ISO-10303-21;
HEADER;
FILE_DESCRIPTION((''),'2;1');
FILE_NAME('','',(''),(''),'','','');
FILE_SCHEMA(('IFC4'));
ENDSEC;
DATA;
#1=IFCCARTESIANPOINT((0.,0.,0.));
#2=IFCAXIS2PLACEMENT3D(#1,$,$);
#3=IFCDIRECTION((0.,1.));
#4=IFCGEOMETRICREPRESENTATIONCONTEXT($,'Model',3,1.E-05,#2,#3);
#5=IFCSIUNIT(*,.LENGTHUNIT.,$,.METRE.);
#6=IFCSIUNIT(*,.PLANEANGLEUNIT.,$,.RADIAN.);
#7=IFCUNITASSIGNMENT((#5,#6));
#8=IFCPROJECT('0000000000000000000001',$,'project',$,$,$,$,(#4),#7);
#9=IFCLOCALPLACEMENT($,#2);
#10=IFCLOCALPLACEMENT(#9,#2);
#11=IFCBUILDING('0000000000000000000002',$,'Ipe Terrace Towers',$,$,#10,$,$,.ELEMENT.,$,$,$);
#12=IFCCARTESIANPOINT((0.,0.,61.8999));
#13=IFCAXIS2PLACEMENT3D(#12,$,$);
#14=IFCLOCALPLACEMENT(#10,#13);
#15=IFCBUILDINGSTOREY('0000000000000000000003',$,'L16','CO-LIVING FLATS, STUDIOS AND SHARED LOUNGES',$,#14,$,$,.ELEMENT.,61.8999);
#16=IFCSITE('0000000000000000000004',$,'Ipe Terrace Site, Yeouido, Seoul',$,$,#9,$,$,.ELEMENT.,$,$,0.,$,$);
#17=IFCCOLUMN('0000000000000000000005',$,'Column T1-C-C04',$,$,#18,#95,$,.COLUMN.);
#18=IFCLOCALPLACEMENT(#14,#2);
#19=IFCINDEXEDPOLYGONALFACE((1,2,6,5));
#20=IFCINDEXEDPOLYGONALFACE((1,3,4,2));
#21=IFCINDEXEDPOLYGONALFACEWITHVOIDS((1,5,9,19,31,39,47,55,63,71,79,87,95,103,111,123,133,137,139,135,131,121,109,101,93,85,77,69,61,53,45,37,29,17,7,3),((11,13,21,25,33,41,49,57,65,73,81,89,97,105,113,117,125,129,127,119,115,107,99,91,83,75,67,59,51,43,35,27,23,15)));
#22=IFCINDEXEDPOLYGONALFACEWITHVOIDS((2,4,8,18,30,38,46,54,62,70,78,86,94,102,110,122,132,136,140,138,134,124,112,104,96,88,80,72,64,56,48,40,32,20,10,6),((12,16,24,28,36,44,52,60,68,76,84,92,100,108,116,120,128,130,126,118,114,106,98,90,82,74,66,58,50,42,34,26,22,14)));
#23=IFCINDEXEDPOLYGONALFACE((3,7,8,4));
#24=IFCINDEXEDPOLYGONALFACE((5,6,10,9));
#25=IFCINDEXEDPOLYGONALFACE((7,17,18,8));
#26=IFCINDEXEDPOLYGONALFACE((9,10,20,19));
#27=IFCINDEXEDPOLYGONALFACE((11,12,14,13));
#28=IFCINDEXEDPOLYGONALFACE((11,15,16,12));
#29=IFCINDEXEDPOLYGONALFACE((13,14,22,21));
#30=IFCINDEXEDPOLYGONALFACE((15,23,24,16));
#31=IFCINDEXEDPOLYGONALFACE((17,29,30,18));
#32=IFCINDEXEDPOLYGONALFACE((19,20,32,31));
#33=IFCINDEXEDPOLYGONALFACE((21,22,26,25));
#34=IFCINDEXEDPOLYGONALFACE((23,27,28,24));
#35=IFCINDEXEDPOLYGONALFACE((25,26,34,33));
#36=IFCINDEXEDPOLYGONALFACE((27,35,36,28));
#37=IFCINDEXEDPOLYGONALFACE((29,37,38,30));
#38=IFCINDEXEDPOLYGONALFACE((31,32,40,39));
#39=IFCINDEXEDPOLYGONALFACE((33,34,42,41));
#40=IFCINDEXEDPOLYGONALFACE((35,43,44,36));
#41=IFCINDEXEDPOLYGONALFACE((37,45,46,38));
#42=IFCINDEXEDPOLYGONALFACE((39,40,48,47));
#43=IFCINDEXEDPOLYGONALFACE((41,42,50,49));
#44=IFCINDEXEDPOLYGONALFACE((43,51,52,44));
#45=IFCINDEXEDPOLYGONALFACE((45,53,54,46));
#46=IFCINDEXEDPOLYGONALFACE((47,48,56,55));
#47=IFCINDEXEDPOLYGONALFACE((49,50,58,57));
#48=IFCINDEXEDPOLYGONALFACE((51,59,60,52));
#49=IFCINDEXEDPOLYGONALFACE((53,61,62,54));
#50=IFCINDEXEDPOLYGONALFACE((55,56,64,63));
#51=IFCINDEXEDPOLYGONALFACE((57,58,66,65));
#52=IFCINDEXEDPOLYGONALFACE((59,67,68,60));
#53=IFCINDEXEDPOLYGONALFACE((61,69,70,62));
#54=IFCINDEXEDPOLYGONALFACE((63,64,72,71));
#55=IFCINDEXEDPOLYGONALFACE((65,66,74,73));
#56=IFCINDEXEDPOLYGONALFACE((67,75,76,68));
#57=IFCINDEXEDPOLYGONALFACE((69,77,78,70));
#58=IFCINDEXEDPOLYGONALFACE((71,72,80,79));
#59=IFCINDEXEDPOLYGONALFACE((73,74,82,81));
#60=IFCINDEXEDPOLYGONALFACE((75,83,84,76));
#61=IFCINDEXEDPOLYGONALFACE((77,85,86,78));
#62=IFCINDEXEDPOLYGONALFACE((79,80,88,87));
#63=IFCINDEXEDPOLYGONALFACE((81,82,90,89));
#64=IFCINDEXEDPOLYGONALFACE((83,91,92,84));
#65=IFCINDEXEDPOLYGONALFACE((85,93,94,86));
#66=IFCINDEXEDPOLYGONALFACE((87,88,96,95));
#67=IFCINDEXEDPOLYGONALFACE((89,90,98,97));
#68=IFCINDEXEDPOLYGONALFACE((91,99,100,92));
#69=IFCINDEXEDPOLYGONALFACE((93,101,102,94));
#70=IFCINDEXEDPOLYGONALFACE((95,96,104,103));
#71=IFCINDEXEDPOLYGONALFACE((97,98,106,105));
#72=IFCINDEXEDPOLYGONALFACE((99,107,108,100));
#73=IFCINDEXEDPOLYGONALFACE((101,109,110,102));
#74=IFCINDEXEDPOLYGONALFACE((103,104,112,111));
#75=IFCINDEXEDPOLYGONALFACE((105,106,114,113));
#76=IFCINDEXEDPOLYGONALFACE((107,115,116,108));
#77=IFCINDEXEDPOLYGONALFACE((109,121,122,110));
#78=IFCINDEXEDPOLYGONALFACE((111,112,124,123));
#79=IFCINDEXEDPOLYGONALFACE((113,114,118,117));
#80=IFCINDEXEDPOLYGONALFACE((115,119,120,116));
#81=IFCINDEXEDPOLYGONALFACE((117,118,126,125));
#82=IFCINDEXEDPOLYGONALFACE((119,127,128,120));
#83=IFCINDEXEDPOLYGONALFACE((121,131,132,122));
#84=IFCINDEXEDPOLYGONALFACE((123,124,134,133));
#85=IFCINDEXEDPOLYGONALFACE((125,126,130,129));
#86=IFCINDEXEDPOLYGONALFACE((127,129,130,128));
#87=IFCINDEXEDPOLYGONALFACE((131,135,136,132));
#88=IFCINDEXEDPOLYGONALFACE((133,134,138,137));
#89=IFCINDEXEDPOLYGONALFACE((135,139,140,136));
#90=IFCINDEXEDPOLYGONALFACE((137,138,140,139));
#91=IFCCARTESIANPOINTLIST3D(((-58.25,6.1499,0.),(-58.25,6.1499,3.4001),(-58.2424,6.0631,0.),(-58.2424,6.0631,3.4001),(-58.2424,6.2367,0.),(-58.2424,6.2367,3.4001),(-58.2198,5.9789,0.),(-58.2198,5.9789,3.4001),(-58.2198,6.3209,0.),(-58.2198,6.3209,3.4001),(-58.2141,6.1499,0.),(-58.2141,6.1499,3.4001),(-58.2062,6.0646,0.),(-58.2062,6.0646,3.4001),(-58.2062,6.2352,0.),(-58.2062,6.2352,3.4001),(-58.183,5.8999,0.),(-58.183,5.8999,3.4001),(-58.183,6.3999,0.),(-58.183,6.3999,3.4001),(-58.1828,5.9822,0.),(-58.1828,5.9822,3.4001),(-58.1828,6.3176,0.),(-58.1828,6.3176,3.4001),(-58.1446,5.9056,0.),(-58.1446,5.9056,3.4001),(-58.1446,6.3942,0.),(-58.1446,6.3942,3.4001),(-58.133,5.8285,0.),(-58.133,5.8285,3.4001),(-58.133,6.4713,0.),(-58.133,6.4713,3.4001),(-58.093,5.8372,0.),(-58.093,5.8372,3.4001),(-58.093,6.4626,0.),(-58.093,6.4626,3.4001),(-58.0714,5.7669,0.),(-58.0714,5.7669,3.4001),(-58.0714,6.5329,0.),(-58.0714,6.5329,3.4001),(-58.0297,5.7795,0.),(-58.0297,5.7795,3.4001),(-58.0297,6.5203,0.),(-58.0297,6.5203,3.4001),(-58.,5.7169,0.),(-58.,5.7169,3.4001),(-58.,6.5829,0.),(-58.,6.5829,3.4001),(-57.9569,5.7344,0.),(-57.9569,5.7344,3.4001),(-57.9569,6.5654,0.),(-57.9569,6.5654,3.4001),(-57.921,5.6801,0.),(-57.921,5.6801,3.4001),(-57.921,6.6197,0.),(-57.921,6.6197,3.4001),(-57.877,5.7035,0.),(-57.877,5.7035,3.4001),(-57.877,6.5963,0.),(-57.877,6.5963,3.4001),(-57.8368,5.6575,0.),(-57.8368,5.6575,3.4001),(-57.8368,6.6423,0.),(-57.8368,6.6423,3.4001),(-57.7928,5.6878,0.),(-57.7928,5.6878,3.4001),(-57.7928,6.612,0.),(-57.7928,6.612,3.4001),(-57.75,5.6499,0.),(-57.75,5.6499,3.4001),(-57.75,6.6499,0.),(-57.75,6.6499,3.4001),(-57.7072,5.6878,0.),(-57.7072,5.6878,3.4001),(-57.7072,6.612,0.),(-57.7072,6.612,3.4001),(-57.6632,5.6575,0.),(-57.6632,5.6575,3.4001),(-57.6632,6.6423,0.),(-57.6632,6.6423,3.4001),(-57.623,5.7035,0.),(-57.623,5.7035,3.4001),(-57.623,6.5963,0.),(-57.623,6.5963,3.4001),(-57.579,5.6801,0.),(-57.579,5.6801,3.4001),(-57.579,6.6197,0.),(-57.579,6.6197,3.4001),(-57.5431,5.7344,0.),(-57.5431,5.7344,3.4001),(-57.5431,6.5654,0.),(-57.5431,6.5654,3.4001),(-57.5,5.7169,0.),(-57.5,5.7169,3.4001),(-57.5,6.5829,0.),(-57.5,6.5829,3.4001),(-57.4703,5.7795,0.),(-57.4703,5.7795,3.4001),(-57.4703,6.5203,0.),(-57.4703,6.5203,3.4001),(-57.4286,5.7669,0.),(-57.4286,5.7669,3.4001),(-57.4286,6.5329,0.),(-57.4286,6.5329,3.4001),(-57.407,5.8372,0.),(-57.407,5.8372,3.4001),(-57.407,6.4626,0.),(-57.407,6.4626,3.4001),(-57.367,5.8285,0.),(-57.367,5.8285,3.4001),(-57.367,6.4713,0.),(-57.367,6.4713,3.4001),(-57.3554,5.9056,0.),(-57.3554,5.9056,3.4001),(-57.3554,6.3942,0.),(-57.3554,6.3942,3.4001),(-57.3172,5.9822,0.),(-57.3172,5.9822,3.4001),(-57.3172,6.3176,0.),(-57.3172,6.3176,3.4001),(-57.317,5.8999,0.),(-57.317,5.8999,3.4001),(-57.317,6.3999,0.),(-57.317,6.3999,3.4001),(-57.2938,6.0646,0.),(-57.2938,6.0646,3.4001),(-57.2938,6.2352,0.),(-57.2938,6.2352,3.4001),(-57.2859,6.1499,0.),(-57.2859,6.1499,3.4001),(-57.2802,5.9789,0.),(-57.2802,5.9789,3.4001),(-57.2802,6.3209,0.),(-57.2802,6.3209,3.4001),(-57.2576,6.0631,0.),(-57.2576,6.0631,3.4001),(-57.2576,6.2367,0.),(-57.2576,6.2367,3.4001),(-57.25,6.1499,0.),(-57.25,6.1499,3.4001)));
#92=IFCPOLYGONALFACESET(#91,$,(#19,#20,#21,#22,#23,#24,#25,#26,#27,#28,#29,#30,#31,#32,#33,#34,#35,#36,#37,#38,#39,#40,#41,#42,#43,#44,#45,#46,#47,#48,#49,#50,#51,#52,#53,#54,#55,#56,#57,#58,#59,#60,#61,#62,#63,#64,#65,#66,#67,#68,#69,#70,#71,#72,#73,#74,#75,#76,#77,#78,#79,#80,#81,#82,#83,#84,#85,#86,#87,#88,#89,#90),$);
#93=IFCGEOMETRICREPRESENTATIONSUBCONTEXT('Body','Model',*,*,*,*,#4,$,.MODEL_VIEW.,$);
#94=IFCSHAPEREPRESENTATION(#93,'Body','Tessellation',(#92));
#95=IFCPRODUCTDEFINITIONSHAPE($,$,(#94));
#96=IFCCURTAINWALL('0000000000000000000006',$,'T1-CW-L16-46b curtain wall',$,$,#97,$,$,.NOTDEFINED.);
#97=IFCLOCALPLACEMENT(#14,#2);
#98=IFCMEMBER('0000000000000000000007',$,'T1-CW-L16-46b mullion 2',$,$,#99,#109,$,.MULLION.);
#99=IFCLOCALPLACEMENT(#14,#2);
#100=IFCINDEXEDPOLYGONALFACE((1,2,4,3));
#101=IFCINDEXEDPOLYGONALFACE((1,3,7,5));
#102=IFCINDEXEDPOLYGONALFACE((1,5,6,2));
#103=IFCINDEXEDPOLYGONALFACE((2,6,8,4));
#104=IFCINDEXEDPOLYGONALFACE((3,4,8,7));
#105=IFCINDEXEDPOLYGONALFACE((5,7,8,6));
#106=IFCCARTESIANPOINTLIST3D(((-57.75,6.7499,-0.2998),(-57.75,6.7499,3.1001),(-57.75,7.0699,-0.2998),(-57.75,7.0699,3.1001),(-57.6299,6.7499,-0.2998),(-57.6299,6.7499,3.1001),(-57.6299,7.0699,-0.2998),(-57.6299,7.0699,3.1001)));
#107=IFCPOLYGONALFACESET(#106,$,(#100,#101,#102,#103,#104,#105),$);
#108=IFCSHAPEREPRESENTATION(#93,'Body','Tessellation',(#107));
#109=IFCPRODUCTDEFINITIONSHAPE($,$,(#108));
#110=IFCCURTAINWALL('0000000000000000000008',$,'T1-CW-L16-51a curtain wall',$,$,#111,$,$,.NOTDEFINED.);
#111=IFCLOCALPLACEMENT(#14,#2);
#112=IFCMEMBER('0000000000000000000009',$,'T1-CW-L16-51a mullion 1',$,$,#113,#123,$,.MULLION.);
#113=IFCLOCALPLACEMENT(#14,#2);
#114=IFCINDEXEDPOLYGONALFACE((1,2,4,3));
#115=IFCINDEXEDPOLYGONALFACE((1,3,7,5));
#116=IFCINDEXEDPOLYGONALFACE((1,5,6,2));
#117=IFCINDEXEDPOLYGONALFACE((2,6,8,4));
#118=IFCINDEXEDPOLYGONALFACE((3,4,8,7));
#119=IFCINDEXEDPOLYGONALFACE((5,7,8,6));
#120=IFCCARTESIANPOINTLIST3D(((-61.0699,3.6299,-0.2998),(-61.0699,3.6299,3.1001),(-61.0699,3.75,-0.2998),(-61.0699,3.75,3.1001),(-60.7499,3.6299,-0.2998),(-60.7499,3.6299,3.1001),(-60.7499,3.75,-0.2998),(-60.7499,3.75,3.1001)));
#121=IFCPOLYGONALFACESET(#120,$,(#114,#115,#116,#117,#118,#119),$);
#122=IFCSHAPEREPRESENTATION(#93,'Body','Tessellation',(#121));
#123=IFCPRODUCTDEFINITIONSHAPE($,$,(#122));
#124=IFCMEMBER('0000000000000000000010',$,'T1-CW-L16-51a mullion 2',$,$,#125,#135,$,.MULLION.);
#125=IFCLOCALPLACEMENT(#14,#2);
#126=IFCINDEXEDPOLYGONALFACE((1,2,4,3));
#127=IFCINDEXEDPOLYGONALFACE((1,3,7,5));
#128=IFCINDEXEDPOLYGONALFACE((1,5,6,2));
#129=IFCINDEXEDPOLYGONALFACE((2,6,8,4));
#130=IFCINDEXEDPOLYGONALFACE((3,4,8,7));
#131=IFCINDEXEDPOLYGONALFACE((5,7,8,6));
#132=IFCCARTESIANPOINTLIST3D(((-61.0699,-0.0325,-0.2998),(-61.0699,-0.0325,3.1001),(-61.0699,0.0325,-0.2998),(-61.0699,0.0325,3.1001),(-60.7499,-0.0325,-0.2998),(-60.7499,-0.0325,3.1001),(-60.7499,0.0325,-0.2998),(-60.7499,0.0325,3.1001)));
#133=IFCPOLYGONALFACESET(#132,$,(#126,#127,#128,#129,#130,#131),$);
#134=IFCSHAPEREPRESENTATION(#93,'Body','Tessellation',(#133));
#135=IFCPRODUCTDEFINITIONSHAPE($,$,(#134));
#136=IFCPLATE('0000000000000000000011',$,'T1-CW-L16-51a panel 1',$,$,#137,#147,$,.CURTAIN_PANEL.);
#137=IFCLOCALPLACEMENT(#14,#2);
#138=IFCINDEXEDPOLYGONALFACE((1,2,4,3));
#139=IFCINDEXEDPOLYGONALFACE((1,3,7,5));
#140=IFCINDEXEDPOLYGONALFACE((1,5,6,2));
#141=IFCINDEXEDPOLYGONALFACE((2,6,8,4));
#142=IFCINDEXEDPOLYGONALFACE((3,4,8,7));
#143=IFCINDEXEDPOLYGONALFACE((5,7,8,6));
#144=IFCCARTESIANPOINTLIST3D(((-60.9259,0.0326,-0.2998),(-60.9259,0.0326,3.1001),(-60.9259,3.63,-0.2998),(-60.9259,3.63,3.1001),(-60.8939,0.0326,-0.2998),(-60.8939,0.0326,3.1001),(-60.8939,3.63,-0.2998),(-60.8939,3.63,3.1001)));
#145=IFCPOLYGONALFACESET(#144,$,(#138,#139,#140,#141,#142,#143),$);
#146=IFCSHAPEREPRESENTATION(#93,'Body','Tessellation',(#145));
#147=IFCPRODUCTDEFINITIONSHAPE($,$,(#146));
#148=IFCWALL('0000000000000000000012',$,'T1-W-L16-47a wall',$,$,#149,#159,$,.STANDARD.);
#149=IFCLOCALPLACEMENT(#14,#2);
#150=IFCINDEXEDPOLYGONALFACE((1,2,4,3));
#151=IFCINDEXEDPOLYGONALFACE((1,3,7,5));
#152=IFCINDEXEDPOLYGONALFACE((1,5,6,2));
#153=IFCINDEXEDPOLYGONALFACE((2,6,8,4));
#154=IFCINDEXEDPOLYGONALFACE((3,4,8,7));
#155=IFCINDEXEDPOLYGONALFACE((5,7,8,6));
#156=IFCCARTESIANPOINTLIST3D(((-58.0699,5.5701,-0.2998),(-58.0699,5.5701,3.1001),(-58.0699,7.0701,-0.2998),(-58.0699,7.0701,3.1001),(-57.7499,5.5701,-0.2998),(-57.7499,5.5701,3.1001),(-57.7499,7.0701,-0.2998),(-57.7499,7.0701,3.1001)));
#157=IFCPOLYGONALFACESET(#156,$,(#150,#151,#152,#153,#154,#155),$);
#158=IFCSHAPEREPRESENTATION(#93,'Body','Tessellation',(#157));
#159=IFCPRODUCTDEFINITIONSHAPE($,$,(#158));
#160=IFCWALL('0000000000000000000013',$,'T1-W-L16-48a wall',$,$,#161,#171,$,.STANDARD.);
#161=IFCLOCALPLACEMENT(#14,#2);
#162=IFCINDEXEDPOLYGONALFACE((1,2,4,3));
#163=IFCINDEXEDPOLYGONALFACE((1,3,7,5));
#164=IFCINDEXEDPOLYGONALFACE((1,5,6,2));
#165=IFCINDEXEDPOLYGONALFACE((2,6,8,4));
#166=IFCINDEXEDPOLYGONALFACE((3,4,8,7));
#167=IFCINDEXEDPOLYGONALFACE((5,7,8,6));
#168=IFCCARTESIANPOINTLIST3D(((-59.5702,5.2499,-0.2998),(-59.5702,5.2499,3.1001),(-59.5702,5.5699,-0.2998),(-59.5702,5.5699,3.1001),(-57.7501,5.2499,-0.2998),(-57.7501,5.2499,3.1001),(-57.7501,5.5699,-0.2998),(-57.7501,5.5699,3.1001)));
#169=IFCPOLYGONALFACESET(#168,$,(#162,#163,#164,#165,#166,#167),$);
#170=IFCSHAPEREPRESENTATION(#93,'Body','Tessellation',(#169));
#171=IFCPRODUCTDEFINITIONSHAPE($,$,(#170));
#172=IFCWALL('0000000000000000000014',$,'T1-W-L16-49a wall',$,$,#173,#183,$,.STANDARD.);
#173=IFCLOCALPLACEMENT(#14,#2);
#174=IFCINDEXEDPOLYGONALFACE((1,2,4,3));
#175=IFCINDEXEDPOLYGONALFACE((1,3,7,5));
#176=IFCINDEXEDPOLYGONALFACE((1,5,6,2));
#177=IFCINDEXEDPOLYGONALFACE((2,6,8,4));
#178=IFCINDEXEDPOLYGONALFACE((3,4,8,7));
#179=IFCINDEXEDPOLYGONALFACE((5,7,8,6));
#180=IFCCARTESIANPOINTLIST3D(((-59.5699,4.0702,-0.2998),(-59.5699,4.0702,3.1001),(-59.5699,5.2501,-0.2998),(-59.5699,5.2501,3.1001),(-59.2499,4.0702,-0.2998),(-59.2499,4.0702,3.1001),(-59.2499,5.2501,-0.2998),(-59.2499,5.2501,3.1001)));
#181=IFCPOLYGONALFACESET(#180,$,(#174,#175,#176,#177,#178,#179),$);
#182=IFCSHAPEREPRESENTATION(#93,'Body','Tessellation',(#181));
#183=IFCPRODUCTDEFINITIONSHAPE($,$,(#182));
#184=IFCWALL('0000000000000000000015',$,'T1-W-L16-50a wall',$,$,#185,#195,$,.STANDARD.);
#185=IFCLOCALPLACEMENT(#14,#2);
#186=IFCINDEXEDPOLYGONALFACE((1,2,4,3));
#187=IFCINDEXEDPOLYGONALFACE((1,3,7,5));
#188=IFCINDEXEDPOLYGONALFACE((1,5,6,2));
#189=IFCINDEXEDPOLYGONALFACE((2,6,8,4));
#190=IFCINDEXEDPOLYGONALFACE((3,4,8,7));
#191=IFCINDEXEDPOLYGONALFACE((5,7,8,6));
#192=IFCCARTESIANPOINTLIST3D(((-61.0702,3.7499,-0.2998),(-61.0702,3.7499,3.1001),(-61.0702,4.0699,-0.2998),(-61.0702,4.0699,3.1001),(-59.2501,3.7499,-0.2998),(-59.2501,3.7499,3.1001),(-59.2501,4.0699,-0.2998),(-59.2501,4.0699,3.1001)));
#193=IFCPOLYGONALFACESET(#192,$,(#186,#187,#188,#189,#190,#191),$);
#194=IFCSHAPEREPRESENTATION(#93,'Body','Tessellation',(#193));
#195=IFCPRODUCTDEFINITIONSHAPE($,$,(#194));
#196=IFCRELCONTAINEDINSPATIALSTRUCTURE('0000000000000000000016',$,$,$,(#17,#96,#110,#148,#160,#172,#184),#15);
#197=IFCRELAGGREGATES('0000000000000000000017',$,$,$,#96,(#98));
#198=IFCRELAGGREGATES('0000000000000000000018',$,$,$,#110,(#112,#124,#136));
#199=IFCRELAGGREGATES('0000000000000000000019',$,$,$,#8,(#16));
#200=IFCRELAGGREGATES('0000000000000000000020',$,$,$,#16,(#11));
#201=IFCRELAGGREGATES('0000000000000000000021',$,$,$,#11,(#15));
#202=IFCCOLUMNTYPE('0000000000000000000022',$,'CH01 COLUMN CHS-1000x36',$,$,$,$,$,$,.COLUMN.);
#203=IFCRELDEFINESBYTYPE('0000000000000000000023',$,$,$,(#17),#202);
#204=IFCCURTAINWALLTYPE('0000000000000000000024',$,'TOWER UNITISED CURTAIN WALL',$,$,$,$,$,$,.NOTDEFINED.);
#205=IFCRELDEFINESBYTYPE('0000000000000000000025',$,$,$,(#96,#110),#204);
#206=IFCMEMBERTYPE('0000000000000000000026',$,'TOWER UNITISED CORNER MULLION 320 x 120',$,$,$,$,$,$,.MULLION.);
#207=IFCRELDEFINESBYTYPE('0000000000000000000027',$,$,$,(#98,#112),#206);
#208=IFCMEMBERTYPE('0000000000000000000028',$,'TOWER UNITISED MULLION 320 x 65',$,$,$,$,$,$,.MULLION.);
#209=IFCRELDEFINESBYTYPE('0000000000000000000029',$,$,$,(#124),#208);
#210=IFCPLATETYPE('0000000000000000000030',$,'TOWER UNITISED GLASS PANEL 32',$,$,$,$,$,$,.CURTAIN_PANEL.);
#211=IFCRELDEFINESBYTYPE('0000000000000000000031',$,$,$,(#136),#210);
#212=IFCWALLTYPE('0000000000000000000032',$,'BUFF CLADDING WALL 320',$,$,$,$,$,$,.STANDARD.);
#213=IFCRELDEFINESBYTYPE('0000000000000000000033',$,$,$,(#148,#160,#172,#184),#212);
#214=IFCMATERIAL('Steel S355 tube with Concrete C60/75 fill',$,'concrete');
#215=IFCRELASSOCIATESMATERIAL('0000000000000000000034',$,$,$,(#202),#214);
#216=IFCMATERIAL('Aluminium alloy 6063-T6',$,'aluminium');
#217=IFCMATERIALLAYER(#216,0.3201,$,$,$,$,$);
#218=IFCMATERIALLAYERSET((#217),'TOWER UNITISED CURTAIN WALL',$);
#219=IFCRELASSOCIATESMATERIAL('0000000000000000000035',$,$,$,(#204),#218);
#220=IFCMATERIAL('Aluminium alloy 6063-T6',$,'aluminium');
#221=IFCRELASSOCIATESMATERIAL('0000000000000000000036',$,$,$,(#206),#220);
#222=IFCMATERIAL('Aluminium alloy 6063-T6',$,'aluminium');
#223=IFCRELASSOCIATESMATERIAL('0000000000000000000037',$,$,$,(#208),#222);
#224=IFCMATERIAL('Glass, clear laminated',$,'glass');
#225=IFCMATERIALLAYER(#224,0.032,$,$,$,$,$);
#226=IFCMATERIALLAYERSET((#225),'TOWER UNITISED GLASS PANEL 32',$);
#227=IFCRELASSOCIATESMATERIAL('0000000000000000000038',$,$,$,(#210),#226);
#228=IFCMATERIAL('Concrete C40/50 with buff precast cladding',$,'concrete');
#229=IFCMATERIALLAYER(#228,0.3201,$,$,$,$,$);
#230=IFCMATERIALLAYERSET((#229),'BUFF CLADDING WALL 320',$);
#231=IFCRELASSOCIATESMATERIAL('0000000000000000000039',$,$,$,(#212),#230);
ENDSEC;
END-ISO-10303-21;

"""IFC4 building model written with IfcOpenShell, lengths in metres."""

from ifc_helpers import new_model, si_unit, direction, frame, frame_2d, origin, origin_2d, place, context, subcontext, project, spatial, rectangle, hollow_circle, extrude, material, layer, layer_set, material_profile, profile_set, type_object, element, aggregate, save


model = new_model("IFC4")

# Units and contexts
model_context = context("Model", 3, precision=1e-05, world=origin(), true_north=direction((0.0, 1.0)))
body_context = subcontext(model_context, "Body", "Model", "MODEL_VIEW")
ifc_project = project(units=[si_unit("LENGTHUNIT", "METRE"), si_unit("PLANEANGLEUNIT", "RADIAN")], contexts=[model_context])

# Site, building, storey
site_placement = place(None, origin())
site = spatial("IfcSite", under=ifc_project, at=site_placement, Name="Ipe Terrace Site, Yeouido, Seoul", CompositionType="ELEMENT", RefElevation=0.0)
building_placement = place(site_placement, origin())
building = spatial("IfcBuilding", under=site, at=building_placement, Name="Ipe Terrace Towers", CompositionType="ELEMENT")
storey_placement = place(building_placement, frame((0.0, 0.0, 61.8999)))
storey = spatial("IfcBuildingStorey", under=building, at=storey_placement, Name="L16", Description="CO-LIVING FLATS, STUDIOS AND SHARED LOUNGES", CompositionType="ELEMENT", Elevation=61.8999)

# Column
ifc_material_1 = material(Name="Steel S355 tube with Concrete C60/75 fill", Category="concrete")
ifc_material_profile_1 = material_profile(ifc_material_1, hollow_circle(Radius=0.5, WallThickness=0.0359, at=origin_2d()), Name="CHS-1000x36")
ifc_profile_set_1 = profile_set([ifc_material_profile_1], Name="Steel S355 tube with Concrete C60/75 fill")
column_type = type_object("IfcColumnType", Name="CH01 COLUMN CHS-1000x36", PredefinedType="COLUMN", material=ifc_profile_set_1)
column_placement = place(storey_placement, frame((-57.75, 6.1499, 0.0), z_axis=(0.0, 0.0, 1.0), x_axis=(1.0, 0.0, 0.0)))
element("IfcColumn", 1, at=column_placement, inside=storey, type_object=column_type, Name="Column T1-C-C04", PredefinedType="COLUMN", context=body_context, shape_type="SweptSolid", body=[
    extrude(hollow_circle(Radius=0.5, WallThickness=0.0359, at=origin_2d()), origin(), (0.0, 0.0, 1.0), 3.4001),
])

# Curtain wall, member
ifc_material_2 = material(Name="Aluminium alloy 6063-T6", Category="aluminium")
ifc_layer_1 = layer(ifc_material_2, 0.3201)
ifc_layer_set_1 = layer_set([ifc_layer_1], Name="TOWER UNITISED CURTAIN WALL")
curtain_wall_type = type_object("IfcCurtainWallType", Name="TOWER UNITISED CURTAIN WALL", PredefinedType="NOTDEFINED", material=ifc_layer_set_1)
curtain_wall_1_placement = place(storey_placement, origin())
curtain_wall_1 = element("IfcCurtainWall", 2, at=curtain_wall_1_placement, inside=storey, type_object=curtain_wall_type, Name="T1-CW-L16-46b curtain wall", PredefinedType="NOTDEFINED")
ifc_material_3 = material(Name="Aluminium alloy 6063-T6", Category="aluminium")
ifc_material_profile_2 = material_profile(ifc_material_3, rectangle(XDim=0.3201, YDim=0.1201, at=origin_2d()), Name="TOWER UNITISED CORNER MULLION 320 x 120")
ifc_profile_set_2 = profile_set([ifc_material_profile_2], Name="Aluminium alloy 6063-T6")
member_type_1 = type_object("IfcMemberType", Name="TOWER UNITISED CORNER MULLION 320 x 120", PredefinedType="MULLION", material=ifc_profile_set_2)
member_1_placement = place(storey_placement, frame((-57.6899, 6.9099, -0.2998), z_axis=(0.0, 0.0, 1.0), x_axis=(0.0, 1.0, 0.0)))
member_1 = element("IfcMember", 3, at=member_1_placement, type_object=member_type_1, Name="T1-CW-L16-46b mullion 2", PredefinedType="MULLION", context=body_context, shape_type="SweptSolid", body=[
    extrude(rectangle(XDim=0.3201, YDim=0.1201, at=origin_2d()), origin(), (0.0, 0.0, 1.0), 3.3999),
])
aggregate(curtain_wall_1, [member_1])

# Curtain wall, members, plate
curtain_wall_2_placement = place(storey_placement, origin())
curtain_wall_2 = element("IfcCurtainWall", 4, at=curtain_wall_2_placement, inside=storey, type_object=curtain_wall_type, Name="T1-CW-L16-51a curtain wall", PredefinedType="NOTDEFINED")
member_2_placement = place(storey_placement, frame((-60.9099, 3.6899, -0.2998), z_axis=(0.0, 0.0, 1.0), x_axis=(-1.0, 0.0, 0.0)))
member_2 = element("IfcMember", 5, at=member_2_placement, type_object=member_type_1, Name="T1-CW-L16-51a mullion 1", PredefinedType="MULLION", context=body_context, shape_type="SweptSolid", body=[
    extrude(rectangle(XDim=0.3201, YDim=0.1201, at=origin_2d()), origin(), (0.0, 0.0, 1.0), 3.3999),
])
ifc_material_4 = material(Name="Aluminium alloy 6063-T6", Category="aluminium")
ifc_material_profile_3 = material_profile(ifc_material_4, rectangle(XDim=0.3201, YDim=0.0649, at=origin_2d()), Name="TOWER UNITISED MULLION 320 x 65")
ifc_profile_set_3 = profile_set([ifc_material_profile_3], Name="Aluminium alloy 6063-T6")
member_type_2 = type_object("IfcMemberType", Name="TOWER UNITISED MULLION 320 x 65", PredefinedType="MULLION", material=ifc_profile_set_3)
member_3_placement = place(storey_placement, frame((-60.9099, 0.0, -0.2998), z_axis=(0.0, 0.0, 1.0), x_axis=(-1.0, 0.0, 0.0)))
member_3 = element("IfcMember", 6, at=member_3_placement, type_object=member_type_2, Name="T1-CW-L16-51a mullion 2", PredefinedType="MULLION", context=body_context, shape_type="SweptSolid", body=[
    extrude(rectangle(XDim=0.3201, YDim=0.0649, at=origin_2d()), origin(), (0.0, 0.0, 1.0), 3.3999),
])
ifc_material_5 = material(Name="Glass, clear laminated", Category="glass")
ifc_layer_2 = layer(ifc_material_5, 0.032)
ifc_layer_set_2 = layer_set([ifc_layer_2], Name="TOWER UNITISED GLASS PANEL 32")
plate_type = type_object("IfcPlateType", Name="TOWER UNITISED GLASS PANEL 32", PredefinedType="CURTAIN_PANEL", material=ifc_layer_set_2)
plate_placement = place(storey_placement, frame((-60.9099, 1.8313, -0.2998), z_axis=(0.0, 0.0, 1.0), x_axis=(0.0, -1.0, 0.0)))
plate = element("IfcPlate", 7, at=plate_placement, type_object=plate_type, Name="T1-CW-L16-51a panel 1", PredefinedType="CURTAIN_PANEL", context=body_context, shape_type="SweptSolid", body=[
    extrude(rectangle(XDim=3.5974, YDim=0.032, at=origin_2d()), origin(), (0.0, 0.0, 1.0), 3.3999),
])
aggregate(curtain_wall_2, [member_2, member_3, plate])

# Walls
ifc_material_6 = material(Name="Concrete C40/50 with buff precast cladding", Category="concrete")
ifc_layer_3 = layer(ifc_material_6, 0.3201)
ifc_layer_set_3 = layer_set([ifc_layer_3], Name="BUFF CLADDING WALL 320")
wall_type_1 = type_object("IfcWallType", Name="BUFF CLADDING WALL 320", PredefinedType="STANDARD", material=ifc_layer_set_3)
wall_1_placement = place(storey_placement, frame((-57.9099, 7.0701, -0.2998), z_axis=(0.0, 0.0, 1.0), x_axis=(0.0, -1.0, 0.0)))
element("IfcWall", 8, at=wall_1_placement, inside=storey, type_object=wall_type_1, Name="T1-W-L16-47a wall", PredefinedType="STANDARD", context=body_context, shape_type="SweptSolid", body=[
    extrude(rectangle(XDim=1.5, YDim=0.3201, at=frame_2d((0.75, 0.0))), origin(), (0.0, 0.0, 1.0), 3.3999),
])
wall_2_placement = place(storey_placement, frame((-57.75, 5.4099, -0.2998), z_axis=(0.0, 0.0, 1.0), x_axis=(-1.0, 0.0, 0.0)))
element("IfcWall", 9, at=wall_2_placement, inside=storey, type_object=wall_type_1, Name="T1-W-L16-48a wall", PredefinedType="STANDARD", context=body_context, shape_type="SweptSolid", body=[
    extrude(rectangle(XDim=1.8201, YDim=0.3201, at=frame_2d((0.9102, 0.0))), origin(), (0.0, 0.0, 1.0), 3.3999),
])
wall_3_placement = place(storey_placement, frame((-59.4099, 5.25, -0.2998), z_axis=(0.0, 0.0, 1.0), x_axis=(0.0, -1.0, 0.0)))
element("IfcWall", 10, at=wall_3_placement, inside=storey, type_object=wall_type_1, Name="T1-W-L16-49a wall", PredefinedType="STANDARD", context=body_context, shape_type="SweptSolid", body=[
    extrude(rectangle(XDim=1.1799, YDim=0.3201, at=frame_2d((0.5898, 0.0))), origin(), (0.0, 0.0, 1.0), 3.3999),
])
wall_4_placement = place(storey_placement, frame((-59.25, 3.9099, -0.2998), z_axis=(0.0, 0.0, 1.0), x_axis=(-1.0, 0.0, 0.0)))
element("IfcWall", 11, at=wall_4_placement, inside=storey, type_object=wall_type_1, Name="T1-W-L16-50a wall", PredefinedType="STANDARD", context=body_context, shape_type="SweptSolid", body=[
    extrude(rectangle(XDim=1.8201, YDim=0.3201, at=frame_2d((0.9102, 0.0))), origin(), (0.0, 0.0, 1.0), 3.3999),
])

save(model, "model.ifc")
